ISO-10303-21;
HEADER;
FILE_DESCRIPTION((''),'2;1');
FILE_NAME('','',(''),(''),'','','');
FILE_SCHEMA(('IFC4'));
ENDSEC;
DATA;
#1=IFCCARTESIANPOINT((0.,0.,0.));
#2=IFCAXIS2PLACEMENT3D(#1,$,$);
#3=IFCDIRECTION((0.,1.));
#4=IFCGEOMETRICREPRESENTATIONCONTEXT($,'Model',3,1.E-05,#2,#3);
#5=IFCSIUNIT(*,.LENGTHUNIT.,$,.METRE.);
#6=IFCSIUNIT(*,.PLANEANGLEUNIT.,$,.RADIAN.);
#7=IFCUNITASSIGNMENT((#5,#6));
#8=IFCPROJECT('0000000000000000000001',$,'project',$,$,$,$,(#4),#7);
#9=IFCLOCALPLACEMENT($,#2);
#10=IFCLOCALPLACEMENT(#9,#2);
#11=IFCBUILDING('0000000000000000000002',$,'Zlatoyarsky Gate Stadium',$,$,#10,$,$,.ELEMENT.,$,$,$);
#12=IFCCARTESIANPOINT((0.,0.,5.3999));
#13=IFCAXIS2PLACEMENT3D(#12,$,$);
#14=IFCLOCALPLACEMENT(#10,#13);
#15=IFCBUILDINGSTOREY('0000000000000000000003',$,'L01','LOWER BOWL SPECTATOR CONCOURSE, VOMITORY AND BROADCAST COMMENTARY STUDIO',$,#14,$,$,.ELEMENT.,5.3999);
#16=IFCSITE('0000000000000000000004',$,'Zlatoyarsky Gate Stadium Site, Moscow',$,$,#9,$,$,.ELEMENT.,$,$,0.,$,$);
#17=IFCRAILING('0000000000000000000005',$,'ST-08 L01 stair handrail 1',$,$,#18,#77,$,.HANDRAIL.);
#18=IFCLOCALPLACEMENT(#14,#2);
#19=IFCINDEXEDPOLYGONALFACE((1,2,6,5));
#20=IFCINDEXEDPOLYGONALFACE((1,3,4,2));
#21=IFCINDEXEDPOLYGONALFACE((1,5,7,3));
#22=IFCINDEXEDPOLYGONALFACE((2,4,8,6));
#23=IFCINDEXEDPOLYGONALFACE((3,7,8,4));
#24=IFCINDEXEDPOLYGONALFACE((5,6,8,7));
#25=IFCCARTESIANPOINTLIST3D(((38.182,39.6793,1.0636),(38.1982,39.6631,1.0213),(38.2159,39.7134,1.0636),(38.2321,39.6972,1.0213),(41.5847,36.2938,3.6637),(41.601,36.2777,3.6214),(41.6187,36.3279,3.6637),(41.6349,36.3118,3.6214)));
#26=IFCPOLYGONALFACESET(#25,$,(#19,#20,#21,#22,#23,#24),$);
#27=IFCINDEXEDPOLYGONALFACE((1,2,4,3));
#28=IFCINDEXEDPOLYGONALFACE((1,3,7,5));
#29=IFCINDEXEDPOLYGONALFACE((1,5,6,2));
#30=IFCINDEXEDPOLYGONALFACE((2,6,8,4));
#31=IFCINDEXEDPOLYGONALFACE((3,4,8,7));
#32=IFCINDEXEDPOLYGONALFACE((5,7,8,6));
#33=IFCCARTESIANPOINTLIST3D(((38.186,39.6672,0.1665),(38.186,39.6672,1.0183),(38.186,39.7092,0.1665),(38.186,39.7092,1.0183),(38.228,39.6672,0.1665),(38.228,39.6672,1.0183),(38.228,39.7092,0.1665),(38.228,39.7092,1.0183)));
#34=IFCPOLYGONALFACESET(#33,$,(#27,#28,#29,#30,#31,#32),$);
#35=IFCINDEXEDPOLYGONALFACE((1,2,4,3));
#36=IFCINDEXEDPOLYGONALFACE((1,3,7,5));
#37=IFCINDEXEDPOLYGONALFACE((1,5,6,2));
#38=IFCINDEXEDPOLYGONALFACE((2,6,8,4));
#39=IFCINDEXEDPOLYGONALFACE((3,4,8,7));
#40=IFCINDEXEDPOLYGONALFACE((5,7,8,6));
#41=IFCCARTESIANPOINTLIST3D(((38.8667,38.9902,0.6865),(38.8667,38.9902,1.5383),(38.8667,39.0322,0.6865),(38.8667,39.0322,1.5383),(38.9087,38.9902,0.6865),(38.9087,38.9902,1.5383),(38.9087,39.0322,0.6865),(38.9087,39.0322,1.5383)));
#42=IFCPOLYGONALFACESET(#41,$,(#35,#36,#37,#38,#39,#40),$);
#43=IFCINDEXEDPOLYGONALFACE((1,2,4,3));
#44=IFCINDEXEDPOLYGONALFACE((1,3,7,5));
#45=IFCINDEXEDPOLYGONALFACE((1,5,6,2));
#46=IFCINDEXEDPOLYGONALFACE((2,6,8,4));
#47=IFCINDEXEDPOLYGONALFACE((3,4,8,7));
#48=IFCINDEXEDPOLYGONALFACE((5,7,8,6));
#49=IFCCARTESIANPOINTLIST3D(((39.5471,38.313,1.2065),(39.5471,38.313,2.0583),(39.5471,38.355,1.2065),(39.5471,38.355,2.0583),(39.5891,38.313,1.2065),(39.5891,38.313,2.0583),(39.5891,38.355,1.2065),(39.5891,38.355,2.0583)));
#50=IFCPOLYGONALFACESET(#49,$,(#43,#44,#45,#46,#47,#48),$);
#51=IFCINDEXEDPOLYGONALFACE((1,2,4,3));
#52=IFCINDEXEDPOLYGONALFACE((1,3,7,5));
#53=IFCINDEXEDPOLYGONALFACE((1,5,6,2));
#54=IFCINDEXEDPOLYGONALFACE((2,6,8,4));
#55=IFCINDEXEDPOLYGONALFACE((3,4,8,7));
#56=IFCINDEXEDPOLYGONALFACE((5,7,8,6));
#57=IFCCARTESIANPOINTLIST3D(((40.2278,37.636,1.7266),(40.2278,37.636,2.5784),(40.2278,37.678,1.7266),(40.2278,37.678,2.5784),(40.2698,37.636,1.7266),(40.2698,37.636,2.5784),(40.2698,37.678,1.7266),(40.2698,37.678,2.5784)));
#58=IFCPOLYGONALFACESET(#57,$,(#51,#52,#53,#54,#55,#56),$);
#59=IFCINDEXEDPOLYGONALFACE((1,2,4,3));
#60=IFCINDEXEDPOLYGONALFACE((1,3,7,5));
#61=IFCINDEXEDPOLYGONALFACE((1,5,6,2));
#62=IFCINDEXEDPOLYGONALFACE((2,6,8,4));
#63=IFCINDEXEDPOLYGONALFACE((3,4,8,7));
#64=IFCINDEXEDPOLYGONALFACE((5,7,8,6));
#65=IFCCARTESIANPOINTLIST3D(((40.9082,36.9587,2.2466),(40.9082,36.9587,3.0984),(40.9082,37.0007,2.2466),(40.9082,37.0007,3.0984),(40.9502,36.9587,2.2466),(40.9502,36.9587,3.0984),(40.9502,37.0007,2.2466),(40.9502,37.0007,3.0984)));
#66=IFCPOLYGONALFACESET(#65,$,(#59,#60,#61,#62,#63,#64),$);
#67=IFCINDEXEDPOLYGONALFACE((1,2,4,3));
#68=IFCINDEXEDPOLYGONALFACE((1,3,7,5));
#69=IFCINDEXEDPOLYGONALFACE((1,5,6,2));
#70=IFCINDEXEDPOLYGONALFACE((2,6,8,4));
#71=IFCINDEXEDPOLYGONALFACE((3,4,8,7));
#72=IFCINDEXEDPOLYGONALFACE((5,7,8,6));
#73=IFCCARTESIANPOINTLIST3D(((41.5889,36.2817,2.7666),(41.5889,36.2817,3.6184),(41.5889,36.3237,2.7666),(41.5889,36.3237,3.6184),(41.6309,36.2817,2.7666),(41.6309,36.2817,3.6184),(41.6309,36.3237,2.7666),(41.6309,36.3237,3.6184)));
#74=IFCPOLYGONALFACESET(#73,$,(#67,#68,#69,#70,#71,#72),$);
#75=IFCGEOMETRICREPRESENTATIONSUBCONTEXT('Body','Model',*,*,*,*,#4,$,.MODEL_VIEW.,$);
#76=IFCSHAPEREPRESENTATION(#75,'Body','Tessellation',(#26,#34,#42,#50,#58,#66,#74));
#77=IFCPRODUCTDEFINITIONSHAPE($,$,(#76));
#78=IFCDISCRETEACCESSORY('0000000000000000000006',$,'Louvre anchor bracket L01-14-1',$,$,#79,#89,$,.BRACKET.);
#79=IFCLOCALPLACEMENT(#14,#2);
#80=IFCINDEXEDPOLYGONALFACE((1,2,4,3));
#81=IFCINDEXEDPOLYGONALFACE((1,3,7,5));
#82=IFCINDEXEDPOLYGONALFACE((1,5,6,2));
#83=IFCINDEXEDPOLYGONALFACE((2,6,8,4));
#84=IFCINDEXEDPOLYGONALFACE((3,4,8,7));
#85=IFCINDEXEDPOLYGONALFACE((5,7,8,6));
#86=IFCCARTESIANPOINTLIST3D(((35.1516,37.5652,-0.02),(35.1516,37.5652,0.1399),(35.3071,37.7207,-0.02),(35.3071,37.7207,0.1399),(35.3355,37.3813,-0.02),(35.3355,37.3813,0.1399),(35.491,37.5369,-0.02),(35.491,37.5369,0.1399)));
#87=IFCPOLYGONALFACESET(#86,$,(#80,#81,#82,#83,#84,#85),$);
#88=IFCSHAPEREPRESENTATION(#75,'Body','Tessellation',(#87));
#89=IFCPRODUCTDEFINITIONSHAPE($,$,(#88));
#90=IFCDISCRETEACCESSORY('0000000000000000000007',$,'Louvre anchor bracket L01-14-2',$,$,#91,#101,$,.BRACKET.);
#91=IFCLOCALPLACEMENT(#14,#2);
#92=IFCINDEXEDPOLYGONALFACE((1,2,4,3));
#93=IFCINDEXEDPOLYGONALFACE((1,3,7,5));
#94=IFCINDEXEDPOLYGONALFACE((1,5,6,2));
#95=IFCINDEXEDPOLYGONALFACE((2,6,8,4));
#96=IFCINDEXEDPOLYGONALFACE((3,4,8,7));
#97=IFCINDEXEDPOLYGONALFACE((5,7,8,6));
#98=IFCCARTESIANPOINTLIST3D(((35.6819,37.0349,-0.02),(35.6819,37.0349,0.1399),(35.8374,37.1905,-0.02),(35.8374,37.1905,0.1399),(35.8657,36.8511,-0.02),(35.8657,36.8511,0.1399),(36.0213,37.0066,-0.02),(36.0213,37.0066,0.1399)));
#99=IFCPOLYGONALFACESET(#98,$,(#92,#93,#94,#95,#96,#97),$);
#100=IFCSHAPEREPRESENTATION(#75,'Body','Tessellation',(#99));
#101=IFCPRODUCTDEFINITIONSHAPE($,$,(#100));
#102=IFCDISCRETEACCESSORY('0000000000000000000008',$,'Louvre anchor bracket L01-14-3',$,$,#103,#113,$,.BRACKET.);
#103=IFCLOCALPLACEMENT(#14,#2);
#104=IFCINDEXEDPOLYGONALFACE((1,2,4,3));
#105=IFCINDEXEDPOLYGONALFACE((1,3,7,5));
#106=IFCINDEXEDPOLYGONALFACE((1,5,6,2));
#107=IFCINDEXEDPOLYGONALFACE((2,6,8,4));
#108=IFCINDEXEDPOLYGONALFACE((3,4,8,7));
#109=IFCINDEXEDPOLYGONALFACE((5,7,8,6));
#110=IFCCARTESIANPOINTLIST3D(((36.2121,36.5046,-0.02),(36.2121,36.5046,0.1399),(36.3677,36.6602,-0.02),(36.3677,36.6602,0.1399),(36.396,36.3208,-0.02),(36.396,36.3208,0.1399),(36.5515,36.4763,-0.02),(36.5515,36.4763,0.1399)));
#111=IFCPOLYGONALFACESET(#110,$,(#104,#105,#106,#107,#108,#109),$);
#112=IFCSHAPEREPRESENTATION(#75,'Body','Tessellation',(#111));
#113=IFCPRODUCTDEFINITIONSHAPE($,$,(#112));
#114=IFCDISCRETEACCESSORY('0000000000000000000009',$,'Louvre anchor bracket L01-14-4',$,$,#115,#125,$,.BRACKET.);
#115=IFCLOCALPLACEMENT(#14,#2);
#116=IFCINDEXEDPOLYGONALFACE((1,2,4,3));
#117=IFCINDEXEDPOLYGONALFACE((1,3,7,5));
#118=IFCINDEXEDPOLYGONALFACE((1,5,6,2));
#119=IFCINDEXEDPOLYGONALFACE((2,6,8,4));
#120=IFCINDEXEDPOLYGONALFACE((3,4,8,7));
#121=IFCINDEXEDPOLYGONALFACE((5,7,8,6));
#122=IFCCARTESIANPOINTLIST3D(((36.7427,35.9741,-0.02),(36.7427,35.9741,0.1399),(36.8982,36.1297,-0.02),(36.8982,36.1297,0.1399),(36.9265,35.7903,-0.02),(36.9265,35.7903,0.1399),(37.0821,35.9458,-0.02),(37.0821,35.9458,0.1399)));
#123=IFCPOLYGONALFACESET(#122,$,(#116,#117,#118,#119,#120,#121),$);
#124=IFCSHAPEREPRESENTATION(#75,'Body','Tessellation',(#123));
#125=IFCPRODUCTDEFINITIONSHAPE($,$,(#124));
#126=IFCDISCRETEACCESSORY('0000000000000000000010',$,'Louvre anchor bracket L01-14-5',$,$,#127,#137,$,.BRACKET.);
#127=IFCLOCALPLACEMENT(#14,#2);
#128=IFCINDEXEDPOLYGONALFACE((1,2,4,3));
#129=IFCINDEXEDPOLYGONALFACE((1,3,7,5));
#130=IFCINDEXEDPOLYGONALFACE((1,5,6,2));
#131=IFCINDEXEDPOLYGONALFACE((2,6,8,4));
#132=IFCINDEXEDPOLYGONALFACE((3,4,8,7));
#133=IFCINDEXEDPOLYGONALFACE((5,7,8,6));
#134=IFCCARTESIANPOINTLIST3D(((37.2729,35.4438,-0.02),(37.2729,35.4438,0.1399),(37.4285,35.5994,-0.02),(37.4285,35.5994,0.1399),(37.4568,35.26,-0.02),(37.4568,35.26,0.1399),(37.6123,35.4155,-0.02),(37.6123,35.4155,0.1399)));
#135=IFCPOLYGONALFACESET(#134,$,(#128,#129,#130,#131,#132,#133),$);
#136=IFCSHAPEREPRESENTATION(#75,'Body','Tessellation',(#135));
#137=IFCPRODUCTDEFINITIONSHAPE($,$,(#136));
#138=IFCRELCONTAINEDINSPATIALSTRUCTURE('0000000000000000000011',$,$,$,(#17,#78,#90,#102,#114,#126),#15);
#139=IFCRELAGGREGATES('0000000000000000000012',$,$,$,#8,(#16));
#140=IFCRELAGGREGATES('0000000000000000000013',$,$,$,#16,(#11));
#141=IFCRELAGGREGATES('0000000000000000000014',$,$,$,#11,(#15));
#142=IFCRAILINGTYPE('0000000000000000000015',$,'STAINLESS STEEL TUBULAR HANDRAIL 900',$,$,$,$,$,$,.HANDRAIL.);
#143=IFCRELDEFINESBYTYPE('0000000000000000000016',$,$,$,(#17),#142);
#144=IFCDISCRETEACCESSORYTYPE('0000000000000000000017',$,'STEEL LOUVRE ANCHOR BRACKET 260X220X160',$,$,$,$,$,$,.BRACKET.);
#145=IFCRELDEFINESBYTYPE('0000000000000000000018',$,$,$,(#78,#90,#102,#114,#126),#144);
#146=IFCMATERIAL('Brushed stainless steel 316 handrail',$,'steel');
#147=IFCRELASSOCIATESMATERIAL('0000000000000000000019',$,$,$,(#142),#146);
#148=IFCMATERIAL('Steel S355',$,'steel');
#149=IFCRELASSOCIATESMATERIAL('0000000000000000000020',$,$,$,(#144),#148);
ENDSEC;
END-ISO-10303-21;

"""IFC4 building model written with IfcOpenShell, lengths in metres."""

from ifc_helpers import new_model, si_unit, direction, frame, origin, origin_2d, place, context, subcontext, project, spatial, rectangle, extrude, material, type_object, element, save


model = new_model("IFC4")

# Units and contexts
model_context = context("Model", 3, precision=1e-05, world=origin(), true_north=direction((0.0, 1.0)))
body_context = subcontext(model_context, "Body", "Model", "MODEL_VIEW")
ifc_project = project(units=[si_unit("LENGTHUNIT", "METRE"), si_unit("PLANEANGLEUNIT", "RADIAN")], contexts=[model_context])

# Site, building, storey
site_placement = place(None, origin())
site = spatial("IfcSite", under=ifc_project, at=site_placement, Name="Zlatoyarsky Gate Stadium Site, Moscow", CompositionType="ELEMENT", RefElevation=0.0)
building_placement = place(site_placement, origin())
building = spatial("IfcBuilding", under=site, at=building_placement, Name="Zlatoyarsky Gate Stadium", CompositionType="ELEMENT")
storey_placement = place(building_placement, frame((0.0, 0.0, 5.3999)))
storey = spatial("IfcBuildingStorey", under=building, at=storey_placement, Name="L01", Description="LOWER BOWL SPECTATOR CONCOURSE, VOMITORY AND BROADCAST COMMENTARY STUDIO", CompositionType="ELEMENT", Elevation=5.3999)

# Shared definitions
ifc_material_1 = material(Name="Steel S355", Category="steel")

# Railing
ifc_material_2 = material(Name="Brushed stainless steel 316 handrail", Category="steel")
railing_type_1 = type_object("IfcRailingType", Name="STAINLESS STEEL TUBULAR HANDRAIL 900", PredefinedType="HANDRAIL", material=ifc_material_2)
railing_1_placement = place(storey_placement, frame((38.207, 39.6882, 0.1665)))
element("IfcRailing", 1, at=railing_1_placement, inside=storey, type_object=railing_type_1, Name="ST-08 L01 stair handrail 1", PredefinedType="HANDRAIL", context=body_context, shape_type="SweptSolid", body=[
    extrude(rectangle(XDim=0.0481, YDim=0.0481, at=origin_2d()), frame((0.0, 0.0, 0.876), z_axis=(0.623336, -0.620161, 0.47629), x_axis=(0.705299, 0.70891, 0.0)), (0.0, 0.0, 1.0), 5.459),
    extrude(rectangle(XDim=0.042, YDim=0.042, at=origin_2d()), origin(), (0.0, 0.0, 1.0), 0.8518),
    extrude(rectangle(XDim=0.042, YDim=0.042, at=origin_2d()), frame((0.6807, -0.677, 0.52)), (0.0, 0.0, 1.0), 0.8518),
    extrude(rectangle(XDim=0.042, YDim=0.042, at=origin_2d()), frame((1.3611, -1.3542, 1.04)), (0.0, 0.0, 1.0), 0.8518),
    extrude(rectangle(XDim=0.042, YDim=0.042, at=origin_2d()), frame((2.0417, -2.0312, 1.5601)), (0.0, 0.0, 1.0), 0.8518),
    extrude(rectangle(XDim=0.042, YDim=0.042, at=origin_2d()), frame((2.7222, -2.7085, 2.0801)), (0.0, 0.0, 1.0), 0.8518),
    extrude(rectangle(XDim=0.042, YDim=0.042, at=origin_2d()), frame((3.4028, -3.3855, 2.6001)), (0.0, 0.0, 1.0), 0.8518),
])

# Discrete accessories
discrete_accessory_type = type_object("IfcDiscreteAccessoryType", Name="STEEL LOUVRE ANCHOR BRACKET 260X220X160", PredefinedType="BRACKET", material=ifc_material_1)
for number, where, z_axis, x_axis, name in (
    (2, (35.3213, 37.551, -0.02), (0.0, 0.0, 1.0), (0.707135, -0.707079, 0.0), "Louvre anchor bracket L01-14-1"),
    (3, (35.8516, 37.0208, -0.02), (0.0, 0.0, 1.0), (0.707135, -0.707079, 0.0), "Louvre anchor bracket L01-14-2"),
    (4, (36.3818, 36.4905, -0.02), (0.0, 0.0, 1.0), (0.707135, -0.707079, 0.0), "Louvre anchor bracket L01-14-3"),
    (5, (36.9124, 35.96, -0.02), (0.0, 0.0, 1.0), (0.707135, -0.707079, 0.0), "Louvre anchor bracket L01-14-4"),
    (6, (37.4426, 35.4297, -0.02), (0.0, 0.0, 1.0), (0.707135, -0.707079, 0.0), "Louvre anchor bracket L01-14-5"),
):
    element("IfcDiscreteAccessory", number, at=place(storey_placement, frame(where, z_axis=z_axis, x_axis=x_axis)), inside=storey, type_object=discrete_accessory_type, Name=name, PredefinedType="BRACKET", context=body_context, shape_type="SweptSolid", body=[
        extrude(rectangle(XDim=0.26, YDim=0.22, at=origin_2d()), origin(), (0.0, 0.0, 1.0), 0.1599),
    ])

save(model, "model.ifc")
